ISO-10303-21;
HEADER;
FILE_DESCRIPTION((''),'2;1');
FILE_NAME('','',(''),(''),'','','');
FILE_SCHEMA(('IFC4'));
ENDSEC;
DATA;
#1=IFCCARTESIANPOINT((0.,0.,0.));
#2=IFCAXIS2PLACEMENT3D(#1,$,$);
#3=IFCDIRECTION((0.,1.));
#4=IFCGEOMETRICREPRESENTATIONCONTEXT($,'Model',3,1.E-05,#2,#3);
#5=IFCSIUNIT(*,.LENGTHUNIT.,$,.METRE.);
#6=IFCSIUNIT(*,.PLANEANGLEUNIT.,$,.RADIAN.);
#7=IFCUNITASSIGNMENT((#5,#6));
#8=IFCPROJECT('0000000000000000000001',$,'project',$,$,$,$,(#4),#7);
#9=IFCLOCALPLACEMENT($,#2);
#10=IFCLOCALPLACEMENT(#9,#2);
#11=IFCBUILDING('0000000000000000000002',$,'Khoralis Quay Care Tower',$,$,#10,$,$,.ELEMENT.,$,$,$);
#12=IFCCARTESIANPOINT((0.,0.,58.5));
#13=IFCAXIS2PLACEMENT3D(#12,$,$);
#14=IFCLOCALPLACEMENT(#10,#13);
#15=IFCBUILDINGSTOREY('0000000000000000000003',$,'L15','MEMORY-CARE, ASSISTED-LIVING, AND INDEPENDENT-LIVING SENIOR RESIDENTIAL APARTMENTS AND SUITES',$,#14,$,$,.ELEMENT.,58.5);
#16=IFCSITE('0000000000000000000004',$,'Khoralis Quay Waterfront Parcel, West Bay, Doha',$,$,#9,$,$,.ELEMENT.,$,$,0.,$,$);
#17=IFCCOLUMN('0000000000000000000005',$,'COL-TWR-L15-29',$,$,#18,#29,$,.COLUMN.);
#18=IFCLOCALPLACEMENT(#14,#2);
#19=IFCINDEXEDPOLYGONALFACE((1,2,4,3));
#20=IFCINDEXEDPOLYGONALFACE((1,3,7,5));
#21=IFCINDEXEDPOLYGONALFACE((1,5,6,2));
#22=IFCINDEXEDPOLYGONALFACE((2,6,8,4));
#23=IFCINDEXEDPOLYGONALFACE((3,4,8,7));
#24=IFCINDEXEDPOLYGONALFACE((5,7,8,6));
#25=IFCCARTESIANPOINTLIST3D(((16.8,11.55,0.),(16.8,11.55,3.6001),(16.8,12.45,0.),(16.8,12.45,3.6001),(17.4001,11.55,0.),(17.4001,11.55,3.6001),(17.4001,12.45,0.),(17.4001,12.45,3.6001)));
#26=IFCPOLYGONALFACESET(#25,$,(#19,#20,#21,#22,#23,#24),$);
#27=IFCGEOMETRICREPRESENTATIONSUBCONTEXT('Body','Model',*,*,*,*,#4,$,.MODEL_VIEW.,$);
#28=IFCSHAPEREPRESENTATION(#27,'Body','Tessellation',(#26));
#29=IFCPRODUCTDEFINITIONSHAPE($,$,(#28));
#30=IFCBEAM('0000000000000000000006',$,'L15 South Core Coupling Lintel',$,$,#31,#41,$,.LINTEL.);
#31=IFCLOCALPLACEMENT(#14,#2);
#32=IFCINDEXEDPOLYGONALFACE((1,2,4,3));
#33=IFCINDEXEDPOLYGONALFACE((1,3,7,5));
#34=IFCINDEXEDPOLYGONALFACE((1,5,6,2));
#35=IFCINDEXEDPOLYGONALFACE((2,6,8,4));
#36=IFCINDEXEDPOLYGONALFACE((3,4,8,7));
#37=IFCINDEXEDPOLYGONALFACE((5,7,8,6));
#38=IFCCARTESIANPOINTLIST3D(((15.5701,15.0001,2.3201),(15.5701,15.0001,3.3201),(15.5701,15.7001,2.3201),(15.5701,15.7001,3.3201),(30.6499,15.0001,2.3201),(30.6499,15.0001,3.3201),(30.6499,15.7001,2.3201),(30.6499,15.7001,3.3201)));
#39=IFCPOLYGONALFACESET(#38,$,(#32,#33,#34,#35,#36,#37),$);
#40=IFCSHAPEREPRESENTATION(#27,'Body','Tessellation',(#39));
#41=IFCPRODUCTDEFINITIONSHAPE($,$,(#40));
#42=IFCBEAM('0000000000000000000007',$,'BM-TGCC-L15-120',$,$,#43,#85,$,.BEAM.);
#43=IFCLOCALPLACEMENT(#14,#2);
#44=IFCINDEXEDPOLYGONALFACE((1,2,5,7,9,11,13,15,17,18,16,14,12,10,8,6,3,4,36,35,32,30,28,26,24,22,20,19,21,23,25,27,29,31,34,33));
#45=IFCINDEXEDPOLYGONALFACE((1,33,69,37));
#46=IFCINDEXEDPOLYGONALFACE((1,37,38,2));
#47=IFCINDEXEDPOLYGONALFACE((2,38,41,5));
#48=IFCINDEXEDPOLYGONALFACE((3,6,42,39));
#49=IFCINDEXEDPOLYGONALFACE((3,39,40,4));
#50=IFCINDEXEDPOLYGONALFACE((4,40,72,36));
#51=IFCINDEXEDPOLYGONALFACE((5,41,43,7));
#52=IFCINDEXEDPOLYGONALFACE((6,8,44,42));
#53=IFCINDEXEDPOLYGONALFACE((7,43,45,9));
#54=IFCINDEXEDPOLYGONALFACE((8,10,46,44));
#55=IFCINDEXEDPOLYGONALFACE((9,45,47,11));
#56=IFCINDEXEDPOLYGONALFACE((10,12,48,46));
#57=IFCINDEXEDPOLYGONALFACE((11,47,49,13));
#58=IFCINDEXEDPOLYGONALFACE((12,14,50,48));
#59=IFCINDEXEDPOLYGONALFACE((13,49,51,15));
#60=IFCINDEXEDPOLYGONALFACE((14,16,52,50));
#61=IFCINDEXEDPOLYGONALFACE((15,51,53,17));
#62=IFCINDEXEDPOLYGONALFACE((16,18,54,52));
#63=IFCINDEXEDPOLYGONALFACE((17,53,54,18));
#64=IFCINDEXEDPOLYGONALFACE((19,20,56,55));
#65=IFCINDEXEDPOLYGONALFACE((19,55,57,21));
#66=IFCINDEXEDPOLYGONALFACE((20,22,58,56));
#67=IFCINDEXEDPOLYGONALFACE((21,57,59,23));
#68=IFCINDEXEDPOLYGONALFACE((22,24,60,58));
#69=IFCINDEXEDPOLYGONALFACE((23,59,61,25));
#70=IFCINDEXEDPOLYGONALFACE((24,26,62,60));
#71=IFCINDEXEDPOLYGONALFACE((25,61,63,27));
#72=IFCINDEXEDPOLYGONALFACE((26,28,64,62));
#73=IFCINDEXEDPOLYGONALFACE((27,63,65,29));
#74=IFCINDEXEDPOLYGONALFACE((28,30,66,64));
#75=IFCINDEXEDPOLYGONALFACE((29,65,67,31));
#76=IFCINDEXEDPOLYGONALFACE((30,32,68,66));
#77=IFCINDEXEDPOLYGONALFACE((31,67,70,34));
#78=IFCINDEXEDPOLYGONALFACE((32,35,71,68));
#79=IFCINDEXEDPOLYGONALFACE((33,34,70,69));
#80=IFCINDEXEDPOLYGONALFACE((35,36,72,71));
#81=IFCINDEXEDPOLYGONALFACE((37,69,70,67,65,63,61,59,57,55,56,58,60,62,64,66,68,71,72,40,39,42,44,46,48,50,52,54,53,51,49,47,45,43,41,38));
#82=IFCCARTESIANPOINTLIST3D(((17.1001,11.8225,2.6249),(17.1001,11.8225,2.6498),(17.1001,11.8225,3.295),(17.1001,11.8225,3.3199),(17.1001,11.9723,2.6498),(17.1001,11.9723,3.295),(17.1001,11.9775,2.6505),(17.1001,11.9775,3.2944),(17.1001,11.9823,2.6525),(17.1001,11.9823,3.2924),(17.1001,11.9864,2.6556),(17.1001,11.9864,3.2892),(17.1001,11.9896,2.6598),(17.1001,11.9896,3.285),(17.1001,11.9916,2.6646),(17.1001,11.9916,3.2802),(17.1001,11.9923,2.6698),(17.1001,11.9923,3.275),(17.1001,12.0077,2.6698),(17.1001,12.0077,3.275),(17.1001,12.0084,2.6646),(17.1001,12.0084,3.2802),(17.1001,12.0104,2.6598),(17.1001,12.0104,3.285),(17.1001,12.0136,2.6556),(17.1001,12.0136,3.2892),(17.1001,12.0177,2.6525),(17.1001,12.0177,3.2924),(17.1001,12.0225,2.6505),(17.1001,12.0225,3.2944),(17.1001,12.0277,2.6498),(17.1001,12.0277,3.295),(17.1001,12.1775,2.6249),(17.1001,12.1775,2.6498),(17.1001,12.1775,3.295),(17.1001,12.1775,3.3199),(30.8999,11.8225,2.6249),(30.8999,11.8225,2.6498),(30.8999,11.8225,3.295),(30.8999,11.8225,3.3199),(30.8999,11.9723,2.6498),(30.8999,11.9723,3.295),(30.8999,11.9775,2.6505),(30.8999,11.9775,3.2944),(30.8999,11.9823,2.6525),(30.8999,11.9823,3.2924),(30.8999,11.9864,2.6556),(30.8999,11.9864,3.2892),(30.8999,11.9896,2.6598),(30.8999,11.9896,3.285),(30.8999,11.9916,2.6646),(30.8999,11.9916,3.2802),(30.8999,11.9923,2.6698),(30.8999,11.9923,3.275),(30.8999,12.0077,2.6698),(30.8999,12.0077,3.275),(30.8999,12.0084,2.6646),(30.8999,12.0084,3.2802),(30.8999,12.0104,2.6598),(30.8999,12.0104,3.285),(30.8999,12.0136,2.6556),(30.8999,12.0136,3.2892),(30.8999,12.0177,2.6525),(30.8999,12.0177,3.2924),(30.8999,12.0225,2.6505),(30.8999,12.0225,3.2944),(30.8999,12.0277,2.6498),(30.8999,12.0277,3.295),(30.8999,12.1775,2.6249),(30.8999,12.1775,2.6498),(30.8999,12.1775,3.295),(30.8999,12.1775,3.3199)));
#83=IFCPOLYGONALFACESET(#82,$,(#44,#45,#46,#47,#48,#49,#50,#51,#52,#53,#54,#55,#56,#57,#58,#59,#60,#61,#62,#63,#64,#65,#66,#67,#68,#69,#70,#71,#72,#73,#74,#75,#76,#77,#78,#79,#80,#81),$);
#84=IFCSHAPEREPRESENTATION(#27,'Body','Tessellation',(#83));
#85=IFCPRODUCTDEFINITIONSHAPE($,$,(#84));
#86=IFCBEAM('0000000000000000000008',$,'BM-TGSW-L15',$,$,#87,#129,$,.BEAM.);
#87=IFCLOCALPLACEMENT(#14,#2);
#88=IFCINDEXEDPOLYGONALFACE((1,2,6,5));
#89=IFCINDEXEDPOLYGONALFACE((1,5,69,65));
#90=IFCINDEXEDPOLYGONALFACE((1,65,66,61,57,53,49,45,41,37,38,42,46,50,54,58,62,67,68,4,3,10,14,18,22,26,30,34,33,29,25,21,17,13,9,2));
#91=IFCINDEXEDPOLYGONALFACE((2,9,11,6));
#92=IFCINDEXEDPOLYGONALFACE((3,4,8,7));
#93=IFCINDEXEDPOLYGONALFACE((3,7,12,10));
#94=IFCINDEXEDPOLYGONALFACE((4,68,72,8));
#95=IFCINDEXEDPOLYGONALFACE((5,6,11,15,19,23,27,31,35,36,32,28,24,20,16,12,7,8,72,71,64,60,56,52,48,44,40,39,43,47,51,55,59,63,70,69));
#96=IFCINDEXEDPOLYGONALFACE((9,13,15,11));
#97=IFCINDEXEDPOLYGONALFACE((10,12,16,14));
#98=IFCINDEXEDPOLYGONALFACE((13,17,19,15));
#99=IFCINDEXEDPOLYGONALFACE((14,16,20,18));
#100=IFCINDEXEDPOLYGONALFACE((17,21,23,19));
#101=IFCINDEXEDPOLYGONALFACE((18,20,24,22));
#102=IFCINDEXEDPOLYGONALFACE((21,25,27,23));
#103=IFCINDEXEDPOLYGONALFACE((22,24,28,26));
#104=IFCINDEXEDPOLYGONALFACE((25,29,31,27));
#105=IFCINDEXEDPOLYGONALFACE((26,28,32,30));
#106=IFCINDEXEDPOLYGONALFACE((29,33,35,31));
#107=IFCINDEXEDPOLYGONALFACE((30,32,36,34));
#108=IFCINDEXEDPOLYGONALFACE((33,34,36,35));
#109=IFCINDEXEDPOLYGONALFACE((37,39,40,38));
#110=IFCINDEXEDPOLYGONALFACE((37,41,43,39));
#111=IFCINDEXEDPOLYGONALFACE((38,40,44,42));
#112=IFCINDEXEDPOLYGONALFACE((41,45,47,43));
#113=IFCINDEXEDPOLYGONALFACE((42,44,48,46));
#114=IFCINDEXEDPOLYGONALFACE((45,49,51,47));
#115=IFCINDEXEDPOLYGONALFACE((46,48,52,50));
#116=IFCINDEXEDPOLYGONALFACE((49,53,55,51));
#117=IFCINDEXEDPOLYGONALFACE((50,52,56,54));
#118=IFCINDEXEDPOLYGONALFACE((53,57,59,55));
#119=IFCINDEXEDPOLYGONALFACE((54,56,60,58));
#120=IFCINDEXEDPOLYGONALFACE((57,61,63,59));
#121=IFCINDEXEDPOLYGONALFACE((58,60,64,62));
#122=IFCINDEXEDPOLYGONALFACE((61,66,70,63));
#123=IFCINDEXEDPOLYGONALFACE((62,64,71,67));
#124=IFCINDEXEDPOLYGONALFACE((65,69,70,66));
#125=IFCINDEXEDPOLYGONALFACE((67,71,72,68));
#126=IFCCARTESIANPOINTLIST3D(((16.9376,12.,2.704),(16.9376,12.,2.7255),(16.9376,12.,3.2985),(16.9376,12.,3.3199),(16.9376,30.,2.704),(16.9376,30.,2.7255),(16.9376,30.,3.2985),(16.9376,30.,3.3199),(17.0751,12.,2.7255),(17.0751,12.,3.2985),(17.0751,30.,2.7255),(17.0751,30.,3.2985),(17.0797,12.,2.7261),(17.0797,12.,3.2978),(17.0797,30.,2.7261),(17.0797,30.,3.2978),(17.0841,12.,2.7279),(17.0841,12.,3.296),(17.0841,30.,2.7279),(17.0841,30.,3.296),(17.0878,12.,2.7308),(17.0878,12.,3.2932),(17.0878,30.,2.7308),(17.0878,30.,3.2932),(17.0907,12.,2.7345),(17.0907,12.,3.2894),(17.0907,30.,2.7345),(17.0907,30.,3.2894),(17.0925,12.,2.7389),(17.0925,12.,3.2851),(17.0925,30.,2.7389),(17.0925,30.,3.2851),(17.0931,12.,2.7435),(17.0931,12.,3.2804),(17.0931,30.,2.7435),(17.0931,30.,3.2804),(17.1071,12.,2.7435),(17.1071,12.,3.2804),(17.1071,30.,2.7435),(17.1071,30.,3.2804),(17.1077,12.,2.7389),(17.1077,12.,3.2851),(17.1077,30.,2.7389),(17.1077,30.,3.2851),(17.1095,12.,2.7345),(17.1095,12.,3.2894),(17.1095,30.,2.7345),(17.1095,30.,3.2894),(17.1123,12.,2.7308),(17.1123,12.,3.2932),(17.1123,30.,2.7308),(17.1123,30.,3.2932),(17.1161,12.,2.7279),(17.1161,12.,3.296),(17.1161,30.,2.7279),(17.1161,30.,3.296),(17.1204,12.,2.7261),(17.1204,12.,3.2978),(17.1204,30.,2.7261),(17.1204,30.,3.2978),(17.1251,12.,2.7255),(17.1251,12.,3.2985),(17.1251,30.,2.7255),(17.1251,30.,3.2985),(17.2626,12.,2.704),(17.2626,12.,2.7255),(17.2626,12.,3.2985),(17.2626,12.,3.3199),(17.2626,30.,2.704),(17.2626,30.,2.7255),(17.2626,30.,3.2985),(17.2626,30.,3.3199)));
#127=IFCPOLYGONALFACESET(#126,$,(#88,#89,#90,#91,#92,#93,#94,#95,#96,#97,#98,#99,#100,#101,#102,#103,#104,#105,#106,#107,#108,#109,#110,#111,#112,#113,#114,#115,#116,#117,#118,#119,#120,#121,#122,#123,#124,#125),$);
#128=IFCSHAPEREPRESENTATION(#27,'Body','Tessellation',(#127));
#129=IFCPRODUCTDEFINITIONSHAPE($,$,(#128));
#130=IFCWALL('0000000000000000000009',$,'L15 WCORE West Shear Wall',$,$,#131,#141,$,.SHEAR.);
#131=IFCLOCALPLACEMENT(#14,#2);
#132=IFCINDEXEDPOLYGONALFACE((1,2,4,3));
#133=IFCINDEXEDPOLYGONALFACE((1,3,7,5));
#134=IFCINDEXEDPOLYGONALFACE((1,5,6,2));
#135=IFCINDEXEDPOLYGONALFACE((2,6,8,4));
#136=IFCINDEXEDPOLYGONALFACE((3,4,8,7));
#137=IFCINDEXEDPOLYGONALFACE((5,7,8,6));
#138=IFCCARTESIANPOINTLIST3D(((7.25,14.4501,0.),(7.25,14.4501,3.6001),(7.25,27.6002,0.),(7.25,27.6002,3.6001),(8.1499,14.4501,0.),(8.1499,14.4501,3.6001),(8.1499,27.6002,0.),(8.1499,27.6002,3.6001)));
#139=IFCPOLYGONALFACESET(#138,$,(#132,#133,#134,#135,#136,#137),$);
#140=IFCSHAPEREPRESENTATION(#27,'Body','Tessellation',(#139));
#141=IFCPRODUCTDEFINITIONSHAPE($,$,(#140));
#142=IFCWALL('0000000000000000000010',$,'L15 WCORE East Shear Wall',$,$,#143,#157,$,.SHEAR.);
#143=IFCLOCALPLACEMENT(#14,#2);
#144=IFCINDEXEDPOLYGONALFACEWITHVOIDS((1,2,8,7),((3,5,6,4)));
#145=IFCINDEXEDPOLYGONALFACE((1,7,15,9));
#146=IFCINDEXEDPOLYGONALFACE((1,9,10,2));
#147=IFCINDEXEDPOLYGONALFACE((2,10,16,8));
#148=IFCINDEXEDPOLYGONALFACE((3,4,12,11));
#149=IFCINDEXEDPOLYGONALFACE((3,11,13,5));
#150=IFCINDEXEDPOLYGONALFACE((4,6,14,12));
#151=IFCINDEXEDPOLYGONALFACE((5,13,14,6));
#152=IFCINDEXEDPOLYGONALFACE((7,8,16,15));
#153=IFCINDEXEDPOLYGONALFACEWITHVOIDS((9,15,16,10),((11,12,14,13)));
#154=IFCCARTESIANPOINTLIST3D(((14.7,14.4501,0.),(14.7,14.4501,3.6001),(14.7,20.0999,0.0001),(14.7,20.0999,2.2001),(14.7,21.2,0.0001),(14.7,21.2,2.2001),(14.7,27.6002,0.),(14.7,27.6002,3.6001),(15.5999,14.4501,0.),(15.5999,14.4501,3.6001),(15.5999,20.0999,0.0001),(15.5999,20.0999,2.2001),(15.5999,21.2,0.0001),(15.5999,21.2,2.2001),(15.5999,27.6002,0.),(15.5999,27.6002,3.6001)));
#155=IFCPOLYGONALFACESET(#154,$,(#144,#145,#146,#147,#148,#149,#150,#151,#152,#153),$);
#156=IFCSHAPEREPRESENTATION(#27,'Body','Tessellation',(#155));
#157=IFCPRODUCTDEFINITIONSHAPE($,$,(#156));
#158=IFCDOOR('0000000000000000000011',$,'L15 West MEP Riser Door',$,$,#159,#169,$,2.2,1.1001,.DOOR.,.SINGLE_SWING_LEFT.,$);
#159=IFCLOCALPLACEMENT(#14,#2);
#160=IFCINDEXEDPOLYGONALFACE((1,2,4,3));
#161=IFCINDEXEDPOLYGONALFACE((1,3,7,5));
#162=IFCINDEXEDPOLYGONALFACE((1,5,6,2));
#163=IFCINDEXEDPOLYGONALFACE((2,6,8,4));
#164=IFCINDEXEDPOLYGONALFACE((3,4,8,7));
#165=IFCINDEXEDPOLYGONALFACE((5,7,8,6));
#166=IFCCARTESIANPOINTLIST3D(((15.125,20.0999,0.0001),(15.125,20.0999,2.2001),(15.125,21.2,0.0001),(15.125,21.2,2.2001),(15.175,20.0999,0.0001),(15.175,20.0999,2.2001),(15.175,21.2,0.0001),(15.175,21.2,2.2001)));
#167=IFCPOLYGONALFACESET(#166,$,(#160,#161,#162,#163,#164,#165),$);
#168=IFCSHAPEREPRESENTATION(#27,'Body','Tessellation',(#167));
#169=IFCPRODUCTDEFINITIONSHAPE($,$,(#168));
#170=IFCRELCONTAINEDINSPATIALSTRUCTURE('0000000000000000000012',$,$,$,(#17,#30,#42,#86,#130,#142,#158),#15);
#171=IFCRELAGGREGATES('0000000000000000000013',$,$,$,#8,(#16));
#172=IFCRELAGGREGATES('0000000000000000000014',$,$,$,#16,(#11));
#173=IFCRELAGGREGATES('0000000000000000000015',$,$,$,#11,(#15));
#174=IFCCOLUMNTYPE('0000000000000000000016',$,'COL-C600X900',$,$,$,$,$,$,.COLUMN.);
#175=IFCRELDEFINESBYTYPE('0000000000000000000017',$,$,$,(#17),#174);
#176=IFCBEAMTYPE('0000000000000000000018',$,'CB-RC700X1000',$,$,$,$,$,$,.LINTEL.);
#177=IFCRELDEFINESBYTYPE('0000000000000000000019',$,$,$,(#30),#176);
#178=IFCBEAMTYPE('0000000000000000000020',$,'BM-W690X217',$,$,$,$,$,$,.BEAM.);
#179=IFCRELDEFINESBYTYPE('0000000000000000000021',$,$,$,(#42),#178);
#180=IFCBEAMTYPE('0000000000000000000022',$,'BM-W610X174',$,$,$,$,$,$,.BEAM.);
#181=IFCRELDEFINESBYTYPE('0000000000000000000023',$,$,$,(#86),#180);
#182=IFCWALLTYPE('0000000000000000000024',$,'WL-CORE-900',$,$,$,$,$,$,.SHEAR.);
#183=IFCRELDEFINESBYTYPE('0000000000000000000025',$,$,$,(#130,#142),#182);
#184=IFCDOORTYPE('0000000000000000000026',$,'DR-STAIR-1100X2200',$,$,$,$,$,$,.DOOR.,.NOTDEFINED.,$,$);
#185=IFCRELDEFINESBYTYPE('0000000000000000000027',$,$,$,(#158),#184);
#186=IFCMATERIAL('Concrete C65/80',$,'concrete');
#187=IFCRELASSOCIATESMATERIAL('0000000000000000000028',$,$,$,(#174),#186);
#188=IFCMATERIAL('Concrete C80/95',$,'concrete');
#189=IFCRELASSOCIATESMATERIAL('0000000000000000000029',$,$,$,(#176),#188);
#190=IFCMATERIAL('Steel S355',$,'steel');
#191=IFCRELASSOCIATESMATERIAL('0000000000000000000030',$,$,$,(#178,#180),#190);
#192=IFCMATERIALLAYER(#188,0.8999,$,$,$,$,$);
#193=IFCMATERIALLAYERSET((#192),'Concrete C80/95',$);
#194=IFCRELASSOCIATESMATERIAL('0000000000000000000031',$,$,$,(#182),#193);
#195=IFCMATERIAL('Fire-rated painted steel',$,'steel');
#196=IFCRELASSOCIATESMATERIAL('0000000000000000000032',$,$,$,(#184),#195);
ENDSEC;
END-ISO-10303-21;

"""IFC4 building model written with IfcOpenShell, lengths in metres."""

from ifc_helpers import new_model, si_unit, direction, frame, frame_2d, origin, origin_2d, place, context, subcontext, project, spatial, rectangle, i_section, extrude, source, transform, mapped, material, layer, layer_set, material_profile, profile_set, type_object, element, fill, save


model = new_model("IFC4")

# Units and contexts
model_context = context("Model", 3, precision=1e-05, world=origin(), true_north=direction((0.0, 1.0)))
body_context = subcontext(model_context, "Body", "Model", "MODEL_VIEW")
ifc_project = project(units=[si_unit("LENGTHUNIT", "METRE"), si_unit("PLANEANGLEUNIT", "RADIAN")], contexts=[model_context])

# Site, building, storey
site_placement = place(None, origin())
site = spatial("IfcSite", under=ifc_project, at=site_placement, Name="Khoralis Quay Waterfront Parcel, West Bay, Doha", CompositionType="ELEMENT", RefElevation=0.0)
building_placement = place(site_placement, origin())
building = spatial("IfcBuilding", under=site, at=building_placement, Name="Khoralis Quay Care Tower", CompositionType="ELEMENT")
storey_placement = place(building_placement, frame((0.0, 0.0, 58.5)))
storey = spatial("IfcBuildingStorey", under=building, at=storey_placement, Name="L15", Description="MEMORY-CARE, ASSISTED-LIVING, AND INDEPENDENT-LIVING SENIOR RESIDENTIAL APARTMENTS AND SUITES", CompositionType="ELEMENT", Elevation=58.5)

# Column
ifc_material_1 = material(Name="Concrete C65/80", Category="concrete")
ifc_material_profile_1 = material_profile(ifc_material_1, rectangle(XDim=0.6001, YDim=0.8999, at=origin_2d()), Name="Concrete C65/80")
ifc_profile_set_1 = profile_set([ifc_material_profile_1], Name="Concrete C65/80")
column_type = type_object("IfcColumnType", Name="COL-C600X900", PredefinedType="COLUMN", material=ifc_profile_set_1)
shared_shape_1 = source(origin(), body_context, "Body", "SweptSolid", [
    extrude(rectangle(XDim=0.6001, YDim=0.8999, at=origin_2d()), origin(), (0.0, 0.0, 1.0), 3.6001),
])
column_placement = place(storey_placement, frame((17.1001, 12.0, 0.0), z_axis=(0.0, 0.0, 1.0), x_axis=(1.0, 0.0, 0.0)))
element("IfcColumn", 1, at=column_placement, inside=storey, type_object=column_type, Name="COL-TWR-L15-29", PredefinedType="COLUMN", context=body_context, shape_type="MappedRepresentation", body=[
    mapped(shared_shape_1, transform((0.0, 0.0, 0.0), scale=1.0)),
])

# Beams
ifc_material_2 = material(Name="Concrete C80/95", Category="concrete")
ifc_material_profile_2 = material_profile(ifc_material_2, rectangle(XDim=0.7, YDim=1.0, at=origin_2d()), Name="Concrete C80/95")
ifc_profile_set_2 = profile_set([ifc_material_profile_2], Name="Concrete C80/95")
beam_type_1 = type_object("IfcBeamType", Name="CB-RC700X1000", PredefinedType="LINTEL", material=ifc_profile_set_2)
shared_shape_2 = source(origin(), body_context, "Body", "SweptSolid", [
    extrude(rectangle(XDim=0.7, YDim=1.0, at=origin_2d()), origin(), (0.0, 0.0, 1.0), 15.0798),
])
beam_1_placement = place(storey_placement, frame((15.5701, 15.3501, 2.8201), z_axis=(1.0, 0.0, 0.0), x_axis=(0.0, 1.0, 0.0)))
element("IfcBeam", 2, at=beam_1_placement, inside=storey, type_object=beam_type_1, Name="L15 South Core Coupling Lintel", PredefinedType="LINTEL", context=body_context, shape_type="MappedRepresentation", body=[
    mapped(shared_shape_2, transform((0.0, 0.0, 0.0), scale=1.0)),
])
ifc_material_3 = material(Name="Steel S355", Category="steel")
ifc_material_profile_3 = material_profile(ifc_material_3, i_section(OverallWidth=0.355, OverallDepth=0.6951, WebThickness=0.0154, FlangeThickness=0.0249, FilletRadius=0.02, at=origin_2d()), Name="Steel S355")
ifc_profile_set_3 = profile_set([ifc_material_profile_3], Name="Steel S355")
beam_type_2 = type_object("IfcBeamType", Name="BM-W690X217", PredefinedType="BEAM", material=ifc_profile_set_3)
shared_shape_3 = source(origin(), body_context, "Body", "SweptSolid", [
    extrude(i_section(OverallWidth=0.355, OverallDepth=0.6951, WebThickness=0.0154, FlangeThickness=0.0249, FilletRadius=0.02, at=origin_2d()), origin(), (0.0, 0.0, 1.0), 13.7998),
])
beam_2_placement = place(storey_placement, frame((17.1001, 12.0, 2.9724), z_axis=(1.0, 0.0, 0.0), x_axis=(0.0, 1.0, 0.0)))
element("IfcBeam", 3, at=beam_2_placement, inside=storey, type_object=beam_type_2, Name="BM-TGCC-L15-120", PredefinedType="BEAM", context=body_context, shape_type="MappedRepresentation", body=[
    mapped(shared_shape_3, transform((0.0, 0.0, 0.0), scale=1.0)),
])
ifc_material_profile_4 = material_profile(ifc_material_3, i_section(OverallWidth=0.325, OverallDepth=0.616, WebThickness=0.0139, FlangeThickness=0.0215, FilletRadius=0.0181, at=origin_2d()), Name="Steel S355")
ifc_profile_set_4 = profile_set([ifc_material_profile_4], Name="Steel S355")
beam_type_3 = type_object("IfcBeamType", Name="BM-W610X174", PredefinedType="BEAM", material=ifc_profile_set_4)
shared_shape_4 = source(origin(), body_context, "Body", "SweptSolid", [
    extrude(i_section(OverallWidth=0.325, OverallDepth=0.616, WebThickness=0.0139, FlangeThickness=0.0215, FilletRadius=0.0181, at=origin_2d()), origin(), (0.0, 0.0, 1.0), 18.0),
])
beam_3_placement = place(storey_placement, frame((17.1001, 12.0, 3.012), z_axis=(0.0, 1.0, 0.0), x_axis=(-1.0, 0.0, 0.0)))
element("IfcBeam", 4, at=beam_3_placement, inside=storey, type_object=beam_type_3, Name="BM-TGSW-L15", PredefinedType="BEAM", context=body_context, shape_type="MappedRepresentation", body=[
    mapped(shared_shape_4, transform((0.0, 0.0, 0.0), scale=1.0)),
])

# Wall
ifc_layer_1 = layer(ifc_material_2, 0.8999)
ifc_layer_set_1 = layer_set([ifc_layer_1], Name="Concrete C80/95")
wall_type_1 = type_object("IfcWallType", Name="WL-CORE-900", PredefinedType="SHEAR", material=ifc_layer_set_1)
wall_1_placement = place(storey_placement, frame((7.7, 14.45, 0.0), z_axis=(0.0, 0.0, 1.0), x_axis=(0.0, 1.0, 0.0)))
element("IfcWall", 5, at=wall_1_placement, inside=storey, type_object=wall_type_1, Name="L15 WCORE West Shear Wall", PredefinedType="SHEAR", context=body_context, shape_type="SweptSolid", body=[
    extrude(rectangle(XDim=13.1501, YDim=0.8999, at=frame_2d((6.5752, 0.0))), origin(), (0.0, 0.0, 1.0), 3.6001),
])

# Wall, opening, door
wall_2_placement = place(storey_placement, frame((15.1499, 14.45, 0.0), z_axis=(0.0, 0.0, 1.0), x_axis=(0.0, 1.0, 0.0)))
wall_2 = element("IfcWall", 6, at=wall_2_placement, inside=storey, type_object=wall_type_1, Name="L15 WCORE East Shear Wall", PredefinedType="SHEAR", context=body_context, shape_type="SweptSolid", body=[
    extrude(rectangle(XDim=13.1501, YDim=0.8999, at=frame_2d((6.5752, 0.0))), origin(), (0.0, 0.0, 1.0), 3.6001),
])
opening_1_placement = place(wall_2_placement, frame((5.6499, 0.0, 0.0)))
opening_1 = element("IfcOpeningElement", 7, at=opening_1_placement, cuts=wall_2, PredefinedType="OPENING", context=body_context, shape_type="SweptSolid", body=[
    extrude(rectangle(XDim=1.1001, YDim=2.2, at=frame_2d((0.55, 1.1001))), frame((0.0, 0.46, 0.0), z_axis=(0.0, -1.0, 0.0), x_axis=(1.0, 0.0, 0.0)), (0.0, 0.0, 1.0), 0.9199),
])
ifc_material_4 = material(Name="Fire-rated painted steel", Category="steel")
door_type_1 = type_object("IfcDoorType", Name="DR-STAIR-1100X2200", OperationType="NOTDEFINED", PredefinedType="DOOR", material=ifc_material_4)
shared_shape_5 = source(origin(), body_context, "Body", "SweptSolid", [
    extrude(rectangle(XDim=1.1001, YDim=2.2, at=frame_2d((0.55, 1.1001))), frame((0.0, 0.0249, 0.0), z_axis=(0.0, -1.0, 0.0), x_axis=(1.0, 0.0, 0.0)), (0.0, 0.0, 1.0), 0.05),
])
door_1_placement = place(opening_1_placement, origin())
door_1 = element("IfcDoor", 8, at=door_1_placement, inside=storey, type_object=door_type_1, Name="L15 West MEP Riser Door", OperationType="SINGLE_SWING_LEFT", OverallHeight=2.2, OverallWidth=1.1001, PredefinedType="DOOR", context=body_context, shape_type="MappedRepresentation", body=[
    mapped(shared_shape_5, transform((0.0, 0.0, 0.0), scale=1.0)),
])
fill(opening_1, door_1)

save(model, "model.ifc")
